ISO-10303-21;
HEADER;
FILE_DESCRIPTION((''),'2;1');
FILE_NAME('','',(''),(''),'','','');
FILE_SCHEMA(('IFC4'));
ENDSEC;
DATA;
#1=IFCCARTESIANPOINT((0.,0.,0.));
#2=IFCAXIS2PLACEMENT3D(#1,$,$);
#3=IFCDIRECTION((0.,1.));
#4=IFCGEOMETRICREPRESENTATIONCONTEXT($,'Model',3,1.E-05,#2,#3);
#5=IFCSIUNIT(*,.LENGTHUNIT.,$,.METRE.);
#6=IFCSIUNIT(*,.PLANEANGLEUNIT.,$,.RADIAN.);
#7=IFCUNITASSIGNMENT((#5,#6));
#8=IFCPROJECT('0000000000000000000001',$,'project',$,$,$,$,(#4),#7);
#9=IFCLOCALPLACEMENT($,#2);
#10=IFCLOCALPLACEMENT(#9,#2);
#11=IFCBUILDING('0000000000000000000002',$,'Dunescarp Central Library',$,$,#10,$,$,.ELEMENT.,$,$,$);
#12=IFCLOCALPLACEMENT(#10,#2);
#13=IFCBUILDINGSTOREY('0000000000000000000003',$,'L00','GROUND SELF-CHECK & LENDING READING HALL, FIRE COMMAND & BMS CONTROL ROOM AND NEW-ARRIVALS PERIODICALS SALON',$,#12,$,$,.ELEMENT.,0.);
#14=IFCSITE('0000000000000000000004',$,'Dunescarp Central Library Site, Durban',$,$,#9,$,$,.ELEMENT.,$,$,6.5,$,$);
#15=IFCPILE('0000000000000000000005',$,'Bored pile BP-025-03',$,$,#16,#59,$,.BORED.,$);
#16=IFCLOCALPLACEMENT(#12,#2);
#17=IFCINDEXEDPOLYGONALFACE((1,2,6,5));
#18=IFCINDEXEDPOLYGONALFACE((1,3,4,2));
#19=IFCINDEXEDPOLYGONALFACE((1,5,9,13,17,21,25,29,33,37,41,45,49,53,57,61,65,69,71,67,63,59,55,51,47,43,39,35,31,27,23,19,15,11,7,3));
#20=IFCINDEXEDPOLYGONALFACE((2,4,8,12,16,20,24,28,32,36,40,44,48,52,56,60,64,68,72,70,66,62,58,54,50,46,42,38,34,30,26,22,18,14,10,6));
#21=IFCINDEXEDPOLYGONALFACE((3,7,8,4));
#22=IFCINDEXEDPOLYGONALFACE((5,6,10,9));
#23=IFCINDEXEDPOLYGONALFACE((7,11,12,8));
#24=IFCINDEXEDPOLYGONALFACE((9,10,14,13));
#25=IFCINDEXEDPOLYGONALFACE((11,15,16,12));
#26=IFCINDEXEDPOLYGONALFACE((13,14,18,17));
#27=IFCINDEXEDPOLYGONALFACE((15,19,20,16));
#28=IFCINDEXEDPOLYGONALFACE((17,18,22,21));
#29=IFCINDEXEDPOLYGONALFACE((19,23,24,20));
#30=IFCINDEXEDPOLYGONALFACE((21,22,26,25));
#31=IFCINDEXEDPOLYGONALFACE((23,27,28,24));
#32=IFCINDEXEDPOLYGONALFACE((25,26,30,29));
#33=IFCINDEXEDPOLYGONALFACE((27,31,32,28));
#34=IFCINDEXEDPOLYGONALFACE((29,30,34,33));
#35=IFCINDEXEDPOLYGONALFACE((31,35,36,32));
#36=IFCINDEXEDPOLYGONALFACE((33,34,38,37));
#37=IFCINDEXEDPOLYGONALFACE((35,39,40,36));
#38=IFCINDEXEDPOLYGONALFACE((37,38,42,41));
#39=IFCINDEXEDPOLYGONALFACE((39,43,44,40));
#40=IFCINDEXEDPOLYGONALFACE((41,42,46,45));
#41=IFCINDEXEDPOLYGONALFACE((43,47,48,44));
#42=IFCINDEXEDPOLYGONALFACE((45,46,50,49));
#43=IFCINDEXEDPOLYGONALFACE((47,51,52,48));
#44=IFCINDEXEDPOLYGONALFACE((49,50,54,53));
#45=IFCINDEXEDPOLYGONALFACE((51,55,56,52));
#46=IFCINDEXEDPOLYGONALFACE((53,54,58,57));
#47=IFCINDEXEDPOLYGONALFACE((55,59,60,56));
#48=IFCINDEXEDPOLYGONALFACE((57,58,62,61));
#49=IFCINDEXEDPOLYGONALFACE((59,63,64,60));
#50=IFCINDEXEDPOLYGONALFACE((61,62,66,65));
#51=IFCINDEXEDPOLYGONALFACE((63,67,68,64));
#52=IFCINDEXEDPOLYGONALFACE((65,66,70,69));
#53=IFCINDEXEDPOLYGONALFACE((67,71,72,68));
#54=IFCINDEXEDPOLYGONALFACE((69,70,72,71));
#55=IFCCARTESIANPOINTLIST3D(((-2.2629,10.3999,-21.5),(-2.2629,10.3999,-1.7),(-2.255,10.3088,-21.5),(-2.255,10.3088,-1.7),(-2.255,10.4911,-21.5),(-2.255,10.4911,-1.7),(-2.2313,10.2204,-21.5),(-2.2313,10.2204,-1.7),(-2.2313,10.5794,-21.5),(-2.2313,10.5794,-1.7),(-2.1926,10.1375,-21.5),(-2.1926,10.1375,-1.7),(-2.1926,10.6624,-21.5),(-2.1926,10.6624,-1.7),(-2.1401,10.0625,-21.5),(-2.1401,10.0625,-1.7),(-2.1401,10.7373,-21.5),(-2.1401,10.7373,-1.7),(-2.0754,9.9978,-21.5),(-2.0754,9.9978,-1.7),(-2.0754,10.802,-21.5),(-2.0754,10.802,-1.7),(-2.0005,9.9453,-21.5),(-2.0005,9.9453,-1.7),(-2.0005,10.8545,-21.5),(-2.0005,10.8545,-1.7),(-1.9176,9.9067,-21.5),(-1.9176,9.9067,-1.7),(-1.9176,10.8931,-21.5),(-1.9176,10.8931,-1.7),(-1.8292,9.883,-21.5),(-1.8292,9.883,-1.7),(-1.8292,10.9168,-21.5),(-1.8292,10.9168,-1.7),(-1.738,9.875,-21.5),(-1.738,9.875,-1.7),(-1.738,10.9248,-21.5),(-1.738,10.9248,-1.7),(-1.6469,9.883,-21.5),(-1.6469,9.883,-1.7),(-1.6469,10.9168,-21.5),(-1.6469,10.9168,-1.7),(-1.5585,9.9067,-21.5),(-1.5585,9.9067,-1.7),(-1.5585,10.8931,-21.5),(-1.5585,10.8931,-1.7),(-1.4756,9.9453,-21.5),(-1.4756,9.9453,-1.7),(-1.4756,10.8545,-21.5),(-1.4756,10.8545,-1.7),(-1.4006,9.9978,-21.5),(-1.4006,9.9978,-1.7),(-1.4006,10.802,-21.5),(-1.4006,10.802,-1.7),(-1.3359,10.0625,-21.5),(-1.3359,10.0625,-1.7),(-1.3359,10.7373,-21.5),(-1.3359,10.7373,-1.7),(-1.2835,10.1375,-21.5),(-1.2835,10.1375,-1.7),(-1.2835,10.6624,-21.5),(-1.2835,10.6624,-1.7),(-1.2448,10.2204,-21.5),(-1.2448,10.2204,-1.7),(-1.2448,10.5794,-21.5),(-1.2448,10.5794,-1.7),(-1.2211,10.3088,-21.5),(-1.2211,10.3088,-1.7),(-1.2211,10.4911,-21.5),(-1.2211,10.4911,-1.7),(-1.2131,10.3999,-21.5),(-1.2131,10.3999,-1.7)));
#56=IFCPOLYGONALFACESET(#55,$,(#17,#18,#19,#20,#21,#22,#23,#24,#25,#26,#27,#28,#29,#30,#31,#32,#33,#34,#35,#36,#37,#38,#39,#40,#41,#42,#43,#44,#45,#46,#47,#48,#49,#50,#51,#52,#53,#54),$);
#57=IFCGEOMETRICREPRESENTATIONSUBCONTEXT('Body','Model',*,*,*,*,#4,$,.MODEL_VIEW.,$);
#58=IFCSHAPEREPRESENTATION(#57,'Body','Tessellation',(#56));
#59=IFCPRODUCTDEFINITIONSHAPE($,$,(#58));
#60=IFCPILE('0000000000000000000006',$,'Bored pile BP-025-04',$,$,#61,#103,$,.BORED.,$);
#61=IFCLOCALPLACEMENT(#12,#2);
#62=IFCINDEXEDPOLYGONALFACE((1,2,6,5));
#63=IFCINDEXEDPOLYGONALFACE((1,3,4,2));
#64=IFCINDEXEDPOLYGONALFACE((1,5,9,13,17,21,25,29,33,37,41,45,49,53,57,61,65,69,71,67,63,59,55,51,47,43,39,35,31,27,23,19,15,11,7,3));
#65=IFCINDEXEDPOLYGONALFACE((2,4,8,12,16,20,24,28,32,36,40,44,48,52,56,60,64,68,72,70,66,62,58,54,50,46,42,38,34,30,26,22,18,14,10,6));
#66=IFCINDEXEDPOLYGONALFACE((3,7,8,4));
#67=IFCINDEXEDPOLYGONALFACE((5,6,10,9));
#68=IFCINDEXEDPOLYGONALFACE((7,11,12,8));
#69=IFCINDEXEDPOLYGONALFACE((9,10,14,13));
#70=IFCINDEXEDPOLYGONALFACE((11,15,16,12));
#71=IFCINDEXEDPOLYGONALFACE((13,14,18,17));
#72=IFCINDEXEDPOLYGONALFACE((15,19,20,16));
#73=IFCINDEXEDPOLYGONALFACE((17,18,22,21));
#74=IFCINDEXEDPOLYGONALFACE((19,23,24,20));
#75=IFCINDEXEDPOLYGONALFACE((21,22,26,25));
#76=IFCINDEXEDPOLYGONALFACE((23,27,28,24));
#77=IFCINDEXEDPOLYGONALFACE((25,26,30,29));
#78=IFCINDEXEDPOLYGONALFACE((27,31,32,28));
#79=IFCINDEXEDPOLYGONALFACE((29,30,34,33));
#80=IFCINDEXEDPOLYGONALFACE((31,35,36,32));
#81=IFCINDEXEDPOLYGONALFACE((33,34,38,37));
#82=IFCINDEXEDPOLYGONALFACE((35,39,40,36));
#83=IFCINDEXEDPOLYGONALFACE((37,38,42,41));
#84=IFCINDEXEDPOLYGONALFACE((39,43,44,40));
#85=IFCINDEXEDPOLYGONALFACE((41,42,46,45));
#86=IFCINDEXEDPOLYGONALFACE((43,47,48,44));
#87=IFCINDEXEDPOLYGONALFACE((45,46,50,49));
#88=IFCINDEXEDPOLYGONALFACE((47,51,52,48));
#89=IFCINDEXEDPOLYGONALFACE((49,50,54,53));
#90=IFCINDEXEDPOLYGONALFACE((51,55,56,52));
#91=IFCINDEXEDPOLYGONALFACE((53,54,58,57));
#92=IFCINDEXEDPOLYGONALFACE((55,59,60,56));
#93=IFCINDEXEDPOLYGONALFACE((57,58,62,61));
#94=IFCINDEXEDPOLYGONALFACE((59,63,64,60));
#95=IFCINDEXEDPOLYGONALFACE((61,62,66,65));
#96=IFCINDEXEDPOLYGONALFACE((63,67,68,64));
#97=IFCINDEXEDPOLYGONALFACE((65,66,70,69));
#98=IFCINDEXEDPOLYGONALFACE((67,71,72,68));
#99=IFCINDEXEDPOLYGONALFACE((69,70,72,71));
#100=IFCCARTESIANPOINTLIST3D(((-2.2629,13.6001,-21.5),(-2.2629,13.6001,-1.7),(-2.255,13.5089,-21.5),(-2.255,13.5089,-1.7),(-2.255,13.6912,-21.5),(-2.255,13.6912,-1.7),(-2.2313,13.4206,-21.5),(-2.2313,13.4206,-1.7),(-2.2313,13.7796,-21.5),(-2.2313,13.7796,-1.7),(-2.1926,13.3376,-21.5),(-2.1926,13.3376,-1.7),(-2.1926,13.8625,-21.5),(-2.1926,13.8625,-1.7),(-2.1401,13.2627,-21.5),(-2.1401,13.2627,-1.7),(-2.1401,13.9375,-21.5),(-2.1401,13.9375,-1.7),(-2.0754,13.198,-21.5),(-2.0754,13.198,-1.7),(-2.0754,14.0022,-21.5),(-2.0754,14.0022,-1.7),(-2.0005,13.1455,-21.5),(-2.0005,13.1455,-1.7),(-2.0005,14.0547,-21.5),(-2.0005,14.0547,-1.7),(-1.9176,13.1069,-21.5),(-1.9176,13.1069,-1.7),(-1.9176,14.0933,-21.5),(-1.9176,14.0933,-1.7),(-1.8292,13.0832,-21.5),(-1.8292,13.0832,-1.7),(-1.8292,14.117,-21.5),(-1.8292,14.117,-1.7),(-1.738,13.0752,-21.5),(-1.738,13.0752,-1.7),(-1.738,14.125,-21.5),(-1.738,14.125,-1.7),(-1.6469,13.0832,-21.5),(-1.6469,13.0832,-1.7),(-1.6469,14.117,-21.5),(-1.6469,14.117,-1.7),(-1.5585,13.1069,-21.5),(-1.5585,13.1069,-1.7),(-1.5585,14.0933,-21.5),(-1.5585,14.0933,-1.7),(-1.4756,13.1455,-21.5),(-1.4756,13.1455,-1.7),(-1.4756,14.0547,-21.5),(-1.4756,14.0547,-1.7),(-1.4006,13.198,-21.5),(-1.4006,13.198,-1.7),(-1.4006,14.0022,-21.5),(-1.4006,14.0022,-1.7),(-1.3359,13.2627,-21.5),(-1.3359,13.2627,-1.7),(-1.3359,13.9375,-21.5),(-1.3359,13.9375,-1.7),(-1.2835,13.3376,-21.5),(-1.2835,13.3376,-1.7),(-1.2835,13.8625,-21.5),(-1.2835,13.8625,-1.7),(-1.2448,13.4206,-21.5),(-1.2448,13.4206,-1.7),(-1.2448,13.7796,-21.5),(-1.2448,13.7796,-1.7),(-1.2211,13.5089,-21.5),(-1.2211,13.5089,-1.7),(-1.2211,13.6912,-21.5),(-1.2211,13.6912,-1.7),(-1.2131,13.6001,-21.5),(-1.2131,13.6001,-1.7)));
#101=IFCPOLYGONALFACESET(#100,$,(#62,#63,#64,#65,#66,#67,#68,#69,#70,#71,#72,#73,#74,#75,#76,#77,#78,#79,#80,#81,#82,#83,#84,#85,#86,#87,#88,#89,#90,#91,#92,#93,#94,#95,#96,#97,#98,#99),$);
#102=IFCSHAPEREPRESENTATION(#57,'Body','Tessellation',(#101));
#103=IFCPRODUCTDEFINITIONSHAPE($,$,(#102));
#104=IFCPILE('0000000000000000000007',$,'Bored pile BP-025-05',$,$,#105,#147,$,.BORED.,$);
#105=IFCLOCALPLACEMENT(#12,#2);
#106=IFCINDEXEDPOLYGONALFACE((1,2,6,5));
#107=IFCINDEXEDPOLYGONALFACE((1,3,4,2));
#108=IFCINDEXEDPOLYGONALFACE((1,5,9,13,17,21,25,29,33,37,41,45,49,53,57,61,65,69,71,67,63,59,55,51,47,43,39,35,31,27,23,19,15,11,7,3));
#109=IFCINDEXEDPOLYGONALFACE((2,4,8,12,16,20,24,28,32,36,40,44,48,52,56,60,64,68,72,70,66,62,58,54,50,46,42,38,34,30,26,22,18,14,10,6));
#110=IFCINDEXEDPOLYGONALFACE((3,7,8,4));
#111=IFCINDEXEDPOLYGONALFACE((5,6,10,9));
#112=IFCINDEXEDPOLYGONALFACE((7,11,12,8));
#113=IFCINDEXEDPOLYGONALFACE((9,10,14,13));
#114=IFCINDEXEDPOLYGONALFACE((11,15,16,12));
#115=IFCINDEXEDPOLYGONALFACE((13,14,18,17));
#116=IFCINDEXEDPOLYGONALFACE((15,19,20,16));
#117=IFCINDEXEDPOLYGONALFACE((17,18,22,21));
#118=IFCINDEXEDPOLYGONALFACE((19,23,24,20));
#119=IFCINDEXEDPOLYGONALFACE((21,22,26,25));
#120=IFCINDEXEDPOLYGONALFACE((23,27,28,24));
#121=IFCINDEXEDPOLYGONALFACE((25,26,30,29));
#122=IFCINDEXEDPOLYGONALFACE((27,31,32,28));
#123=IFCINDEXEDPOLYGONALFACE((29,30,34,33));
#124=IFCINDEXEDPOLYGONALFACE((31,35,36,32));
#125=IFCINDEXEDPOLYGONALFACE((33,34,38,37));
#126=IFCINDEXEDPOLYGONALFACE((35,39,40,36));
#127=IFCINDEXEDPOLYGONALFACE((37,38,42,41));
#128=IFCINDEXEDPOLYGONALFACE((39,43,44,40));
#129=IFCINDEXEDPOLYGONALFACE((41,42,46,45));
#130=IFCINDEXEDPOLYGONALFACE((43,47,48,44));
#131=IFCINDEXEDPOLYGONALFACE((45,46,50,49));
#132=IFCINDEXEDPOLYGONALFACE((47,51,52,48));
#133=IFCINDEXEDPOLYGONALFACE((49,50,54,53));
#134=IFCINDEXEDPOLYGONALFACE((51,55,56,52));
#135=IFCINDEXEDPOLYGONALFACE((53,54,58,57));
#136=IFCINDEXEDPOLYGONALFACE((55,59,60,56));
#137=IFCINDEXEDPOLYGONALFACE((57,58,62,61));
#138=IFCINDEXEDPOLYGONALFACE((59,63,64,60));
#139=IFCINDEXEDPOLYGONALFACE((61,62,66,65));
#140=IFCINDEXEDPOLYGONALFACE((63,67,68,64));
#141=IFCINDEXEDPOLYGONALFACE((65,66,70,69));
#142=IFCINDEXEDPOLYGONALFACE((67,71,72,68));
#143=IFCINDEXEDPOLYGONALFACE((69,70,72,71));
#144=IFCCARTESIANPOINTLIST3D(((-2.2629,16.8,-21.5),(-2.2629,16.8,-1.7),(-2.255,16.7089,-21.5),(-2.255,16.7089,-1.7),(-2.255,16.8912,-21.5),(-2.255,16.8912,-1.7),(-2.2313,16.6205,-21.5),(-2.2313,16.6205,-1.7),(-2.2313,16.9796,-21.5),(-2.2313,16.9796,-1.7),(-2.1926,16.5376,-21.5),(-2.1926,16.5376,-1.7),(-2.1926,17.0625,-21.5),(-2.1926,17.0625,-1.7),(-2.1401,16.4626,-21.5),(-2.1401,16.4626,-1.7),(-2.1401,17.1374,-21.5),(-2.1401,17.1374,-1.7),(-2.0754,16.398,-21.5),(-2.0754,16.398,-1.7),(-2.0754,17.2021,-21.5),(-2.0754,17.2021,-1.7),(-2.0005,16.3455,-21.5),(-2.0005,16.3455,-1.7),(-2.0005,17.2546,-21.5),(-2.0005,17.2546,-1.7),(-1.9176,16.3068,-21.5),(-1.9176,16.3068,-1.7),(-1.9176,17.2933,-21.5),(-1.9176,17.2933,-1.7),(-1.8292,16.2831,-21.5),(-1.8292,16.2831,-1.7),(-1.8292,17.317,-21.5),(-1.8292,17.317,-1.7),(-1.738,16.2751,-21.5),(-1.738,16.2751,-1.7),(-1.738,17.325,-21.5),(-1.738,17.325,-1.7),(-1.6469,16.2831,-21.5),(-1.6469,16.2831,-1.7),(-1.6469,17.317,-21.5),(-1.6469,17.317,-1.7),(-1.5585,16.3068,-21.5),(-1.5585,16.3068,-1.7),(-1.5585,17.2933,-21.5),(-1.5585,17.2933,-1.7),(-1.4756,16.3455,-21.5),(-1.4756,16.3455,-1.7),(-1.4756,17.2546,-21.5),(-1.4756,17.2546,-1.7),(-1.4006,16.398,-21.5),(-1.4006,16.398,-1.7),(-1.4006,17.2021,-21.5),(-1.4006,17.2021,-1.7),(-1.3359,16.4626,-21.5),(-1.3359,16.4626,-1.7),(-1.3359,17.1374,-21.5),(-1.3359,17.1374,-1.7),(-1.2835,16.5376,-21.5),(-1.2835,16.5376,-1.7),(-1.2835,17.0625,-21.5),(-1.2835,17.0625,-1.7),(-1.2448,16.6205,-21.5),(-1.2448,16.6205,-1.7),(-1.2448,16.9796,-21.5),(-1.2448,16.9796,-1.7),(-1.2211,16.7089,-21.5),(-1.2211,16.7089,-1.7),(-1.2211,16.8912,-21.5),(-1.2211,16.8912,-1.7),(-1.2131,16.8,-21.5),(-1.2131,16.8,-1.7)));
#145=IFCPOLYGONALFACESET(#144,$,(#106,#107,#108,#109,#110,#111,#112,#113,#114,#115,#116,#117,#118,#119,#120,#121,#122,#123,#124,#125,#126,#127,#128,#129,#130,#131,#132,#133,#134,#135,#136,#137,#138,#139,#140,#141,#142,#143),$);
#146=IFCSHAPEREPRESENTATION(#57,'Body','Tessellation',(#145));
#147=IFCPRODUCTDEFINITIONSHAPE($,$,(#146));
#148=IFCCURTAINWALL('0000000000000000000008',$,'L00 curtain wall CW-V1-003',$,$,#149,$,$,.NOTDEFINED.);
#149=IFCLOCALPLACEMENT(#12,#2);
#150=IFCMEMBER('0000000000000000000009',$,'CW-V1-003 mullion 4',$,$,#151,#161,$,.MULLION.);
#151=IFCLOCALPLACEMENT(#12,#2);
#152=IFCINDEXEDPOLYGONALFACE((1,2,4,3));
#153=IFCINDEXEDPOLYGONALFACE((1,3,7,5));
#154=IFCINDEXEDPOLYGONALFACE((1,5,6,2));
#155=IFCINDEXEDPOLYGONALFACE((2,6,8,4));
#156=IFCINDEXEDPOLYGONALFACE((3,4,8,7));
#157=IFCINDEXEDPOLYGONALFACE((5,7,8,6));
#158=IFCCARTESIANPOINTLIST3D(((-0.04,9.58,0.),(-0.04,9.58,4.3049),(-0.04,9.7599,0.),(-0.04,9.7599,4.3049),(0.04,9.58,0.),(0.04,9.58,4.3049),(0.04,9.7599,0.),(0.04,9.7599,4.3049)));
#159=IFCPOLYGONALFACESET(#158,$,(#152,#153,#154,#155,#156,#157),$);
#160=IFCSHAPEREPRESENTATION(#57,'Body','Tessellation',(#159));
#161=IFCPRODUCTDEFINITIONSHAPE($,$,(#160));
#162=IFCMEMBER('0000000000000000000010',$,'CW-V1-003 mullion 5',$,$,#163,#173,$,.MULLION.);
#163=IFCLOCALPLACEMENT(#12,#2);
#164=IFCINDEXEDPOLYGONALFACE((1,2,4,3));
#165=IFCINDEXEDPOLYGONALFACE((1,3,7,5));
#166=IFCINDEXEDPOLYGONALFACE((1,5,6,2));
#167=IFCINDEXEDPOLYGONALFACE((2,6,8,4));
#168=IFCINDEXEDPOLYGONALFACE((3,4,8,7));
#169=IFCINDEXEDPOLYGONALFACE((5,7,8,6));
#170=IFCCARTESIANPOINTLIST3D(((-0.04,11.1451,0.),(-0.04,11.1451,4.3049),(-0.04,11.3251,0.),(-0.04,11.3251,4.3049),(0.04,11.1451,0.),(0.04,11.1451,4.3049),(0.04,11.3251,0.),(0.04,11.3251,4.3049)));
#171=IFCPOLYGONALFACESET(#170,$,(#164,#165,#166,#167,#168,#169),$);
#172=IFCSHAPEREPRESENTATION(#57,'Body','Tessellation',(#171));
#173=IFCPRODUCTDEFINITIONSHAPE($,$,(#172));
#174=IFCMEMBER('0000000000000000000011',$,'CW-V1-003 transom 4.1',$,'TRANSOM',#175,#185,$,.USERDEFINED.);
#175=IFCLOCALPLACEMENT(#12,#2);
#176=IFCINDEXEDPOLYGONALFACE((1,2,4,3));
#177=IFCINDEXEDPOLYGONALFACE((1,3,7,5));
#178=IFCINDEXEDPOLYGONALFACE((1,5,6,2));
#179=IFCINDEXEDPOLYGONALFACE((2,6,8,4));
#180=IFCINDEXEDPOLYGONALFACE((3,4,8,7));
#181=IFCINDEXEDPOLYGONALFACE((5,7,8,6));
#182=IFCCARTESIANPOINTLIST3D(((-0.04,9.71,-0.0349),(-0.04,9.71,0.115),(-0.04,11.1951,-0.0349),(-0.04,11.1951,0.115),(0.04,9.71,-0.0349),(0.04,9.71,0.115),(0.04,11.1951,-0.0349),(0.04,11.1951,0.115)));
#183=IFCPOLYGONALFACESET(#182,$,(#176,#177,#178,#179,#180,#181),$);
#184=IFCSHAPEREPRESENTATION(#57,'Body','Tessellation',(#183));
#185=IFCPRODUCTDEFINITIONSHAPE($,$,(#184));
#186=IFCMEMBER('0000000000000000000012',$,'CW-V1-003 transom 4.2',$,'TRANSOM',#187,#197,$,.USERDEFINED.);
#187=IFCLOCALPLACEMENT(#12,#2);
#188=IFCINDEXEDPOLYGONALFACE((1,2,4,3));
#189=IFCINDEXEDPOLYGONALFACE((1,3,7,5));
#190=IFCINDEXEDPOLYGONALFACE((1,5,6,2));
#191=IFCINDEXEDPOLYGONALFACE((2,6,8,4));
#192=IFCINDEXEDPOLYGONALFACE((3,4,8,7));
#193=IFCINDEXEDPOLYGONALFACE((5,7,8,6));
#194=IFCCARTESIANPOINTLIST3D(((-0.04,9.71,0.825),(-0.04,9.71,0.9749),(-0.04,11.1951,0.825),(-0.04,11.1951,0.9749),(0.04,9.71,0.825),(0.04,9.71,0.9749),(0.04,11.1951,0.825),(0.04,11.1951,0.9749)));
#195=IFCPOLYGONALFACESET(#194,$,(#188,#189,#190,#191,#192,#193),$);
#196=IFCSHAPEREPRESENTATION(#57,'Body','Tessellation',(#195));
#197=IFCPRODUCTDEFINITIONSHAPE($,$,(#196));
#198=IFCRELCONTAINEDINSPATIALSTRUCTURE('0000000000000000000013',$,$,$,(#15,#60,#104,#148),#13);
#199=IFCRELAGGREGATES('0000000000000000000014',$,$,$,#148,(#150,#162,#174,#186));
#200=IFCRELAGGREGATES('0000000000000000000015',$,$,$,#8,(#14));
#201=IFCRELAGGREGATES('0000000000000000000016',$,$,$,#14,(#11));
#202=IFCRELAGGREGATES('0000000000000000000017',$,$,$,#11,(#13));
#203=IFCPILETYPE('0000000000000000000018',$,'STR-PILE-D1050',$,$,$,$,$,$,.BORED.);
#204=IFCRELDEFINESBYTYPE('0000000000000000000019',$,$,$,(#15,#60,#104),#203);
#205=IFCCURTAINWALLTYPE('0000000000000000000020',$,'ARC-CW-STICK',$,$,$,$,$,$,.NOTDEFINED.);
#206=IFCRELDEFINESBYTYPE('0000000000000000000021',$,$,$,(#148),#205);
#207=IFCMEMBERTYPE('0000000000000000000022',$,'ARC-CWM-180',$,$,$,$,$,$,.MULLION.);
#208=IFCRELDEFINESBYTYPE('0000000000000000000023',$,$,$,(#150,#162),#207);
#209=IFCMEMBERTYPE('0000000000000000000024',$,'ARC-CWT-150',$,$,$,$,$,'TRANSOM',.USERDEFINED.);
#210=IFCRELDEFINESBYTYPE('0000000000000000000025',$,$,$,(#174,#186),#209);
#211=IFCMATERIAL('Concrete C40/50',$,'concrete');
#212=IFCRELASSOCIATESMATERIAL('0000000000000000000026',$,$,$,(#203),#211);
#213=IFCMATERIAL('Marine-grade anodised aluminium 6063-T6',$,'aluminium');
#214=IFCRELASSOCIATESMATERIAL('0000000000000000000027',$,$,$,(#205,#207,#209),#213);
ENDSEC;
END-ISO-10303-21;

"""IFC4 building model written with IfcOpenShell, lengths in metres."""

from ifc_helpers import new_model, si_unit, direction, frame, origin, origin_2d, place, context, subcontext, project, spatial, rectangle, circle, extrude, material, material_profile, profile_set, type_object, element, aggregate, save


model = new_model("IFC4")

# Units and contexts
model_context = context("Model", 3, precision=1e-05, world=origin(), true_north=direction((0.0, 1.0)))
body_context = subcontext(model_context, "Body", "Model", "MODEL_VIEW")
ifc_project = project(units=[si_unit("LENGTHUNIT", "METRE"), si_unit("PLANEANGLEUNIT", "RADIAN")], contexts=[model_context])

# Site, building, storey
site_placement = place(None, origin())
site = spatial("IfcSite", under=ifc_project, at=site_placement, Name="Dunescarp Central Library Site, Durban", CompositionType="ELEMENT", RefElevation=6.5)
building_placement = place(site_placement, origin())
building = spatial("IfcBuilding", under=site, at=building_placement, Name="Dunescarp Central Library", CompositionType="ELEMENT")
storey_placement = place(building_placement, origin())
storey = spatial("IfcBuildingStorey", under=building, at=storey_placement, Name="L00", Description="GROUND SELF-CHECK & LENDING READING HALL, FIRE COMMAND & BMS CONTROL ROOM AND NEW-ARRIVALS PERIODICALS SALON", CompositionType="ELEMENT", Elevation=0.0)

# Piles
ifc_material_1 = material(Name="Concrete C40/50", Category="concrete")
ifc_material_profile_1 = material_profile(ifc_material_1, circle(Radius=0.5249, at=origin_2d()), Name="PILE D1050")
ifc_profile_set_1 = profile_set([ifc_material_profile_1], Name="Concrete C40/50")
pile_type = type_object("IfcPileType", Name="STR-PILE-D1050", PredefinedType="BORED", material=ifc_profile_set_1)
for number, where, z_axis, x_axis, name in (
    (1, (-1.738, 10.3999, -1.7), (0.0, 0.0, -1.0), (1.0, 0.0, 0.0), "Bored pile BP-025-03"),
    (2, (-1.738, 13.6001, -1.7), (0.0, 0.0, -1.0), (1.0, 0.0, 0.0), "Bored pile BP-025-04"),
    (3, (-1.738, 16.8, -1.7), (0.0, 0.0, -1.0), (1.0, 0.0, 0.0), "Bored pile BP-025-05"),
):
    element("IfcPile", number, at=place(storey_placement, frame(where, z_axis=z_axis, x_axis=x_axis)), inside=storey, type_object=pile_type, Name=name, PredefinedType="BORED", context=body_context, shape_type="SweptSolid", body=[
        extrude(circle(Radius=0.5249, at=origin_2d()), origin(), (0.0, 0.0, 1.0), 19.8),
    ])

# Curtain wall, members
ifc_material_2 = material(Name="Marine-grade anodised aluminium 6063-T6", Category="aluminium")
curtain_wall_type = type_object("IfcCurtainWallType", Name="ARC-CW-STICK", PredefinedType="NOTDEFINED", material=ifc_material_2)
curtain_wall_placement = place(storey_placement, origin())
curtain_wall = element("IfcCurtainWall", 4, at=curtain_wall_placement, inside=storey, type_object=curtain_wall_type, Name="L00 curtain wall CW-V1-003", PredefinedType="NOTDEFINED")
ifc_material_profile_2 = material_profile(ifc_material_2, rectangle(XDim=0.0801, YDim=0.1799, at=origin_2d()), Name="AL 80x180")
ifc_profile_set_2 = profile_set([ifc_material_profile_2], Name="Marine-grade anodised aluminium 6063-T6")
member_type_1 = type_object("IfcMemberType", Name="ARC-CWM-180", PredefinedType="MULLION", material=ifc_profile_set_2)
member_1_placement = place(storey_placement, frame((0.0, 9.6699, 0.0), z_axis=(0.0, 0.0, 1.0), x_axis=(-1.0, 0.0, 0.0)))
member_1 = element("IfcMember", 5, at=member_1_placement, type_object=member_type_1, Name="CW-V1-003 mullion 4", PredefinedType="MULLION", context=body_context, shape_type="SweptSolid", body=[
    extrude(rectangle(XDim=0.0801, YDim=0.1799, at=origin_2d()), origin(), (0.0, 0.0, 1.0), 4.3049),
])
member_2_placement = place(storey_placement, frame((0.0, 11.2351, 0.0), z_axis=(0.0, 0.0, 1.0), x_axis=(-1.0, 0.0, 0.0)))
member_2 = element("IfcMember", 6, at=member_2_placement, type_object=member_type_1, Name="CW-V1-003 mullion 5", PredefinedType="MULLION", context=body_context, shape_type="SweptSolid", body=[
    extrude(rectangle(XDim=0.0801, YDim=0.1799, at=origin_2d()), origin(), (0.0, 0.0, 1.0), 4.3049),
])
ifc_material_profile_3 = material_profile(ifc_material_2, rectangle(XDim=0.0801, YDim=0.1499, at=origin_2d()), Name="AL 80x150")
ifc_profile_set_3 = profile_set([ifc_material_profile_3], Name="Marine-grade anodised aluminium 6063-T6")
member_type_2 = type_object("IfcMemberType", Name="ARC-CWT-150", ElementType="TRANSOM", PredefinedType="USERDEFINED", material=ifc_profile_set_3)
member_3_placement = place(storey_placement, frame((0.0, 9.71, 0.04), z_axis=(0.0, 1.0, 0.0), x_axis=(-1.0, 0.0, 0.0)))
member_3 = element("IfcMember", 7, at=member_3_placement, type_object=member_type_2, Name="CW-V1-003 transom 4.1", ObjectType="TRANSOM", PredefinedType="USERDEFINED", context=body_context, shape_type="SweptSolid", body=[
    extrude(rectangle(XDim=0.0801, YDim=0.1499, at=origin_2d()), origin(), (0.0, 0.0, 1.0), 1.4851),
])
member_4_placement = place(storey_placement, frame((0.0, 9.71, 0.8999), z_axis=(0.0, 1.0, 0.0), x_axis=(-1.0, 0.0, 0.0)))
member_4 = element("IfcMember", 8, at=member_4_placement, type_object=member_type_2, Name="CW-V1-003 transom 4.2", ObjectType="TRANSOM", PredefinedType="USERDEFINED", context=body_context, shape_type="SweptSolid", body=[
    extrude(rectangle(XDim=0.0801, YDim=0.1499, at=origin_2d()), origin(), (0.0, 0.0, 1.0), 1.4851),
])
aggregate(curtain_wall, [member_1, member_2, member_3, member_4])

save(model, "model.ifc")
